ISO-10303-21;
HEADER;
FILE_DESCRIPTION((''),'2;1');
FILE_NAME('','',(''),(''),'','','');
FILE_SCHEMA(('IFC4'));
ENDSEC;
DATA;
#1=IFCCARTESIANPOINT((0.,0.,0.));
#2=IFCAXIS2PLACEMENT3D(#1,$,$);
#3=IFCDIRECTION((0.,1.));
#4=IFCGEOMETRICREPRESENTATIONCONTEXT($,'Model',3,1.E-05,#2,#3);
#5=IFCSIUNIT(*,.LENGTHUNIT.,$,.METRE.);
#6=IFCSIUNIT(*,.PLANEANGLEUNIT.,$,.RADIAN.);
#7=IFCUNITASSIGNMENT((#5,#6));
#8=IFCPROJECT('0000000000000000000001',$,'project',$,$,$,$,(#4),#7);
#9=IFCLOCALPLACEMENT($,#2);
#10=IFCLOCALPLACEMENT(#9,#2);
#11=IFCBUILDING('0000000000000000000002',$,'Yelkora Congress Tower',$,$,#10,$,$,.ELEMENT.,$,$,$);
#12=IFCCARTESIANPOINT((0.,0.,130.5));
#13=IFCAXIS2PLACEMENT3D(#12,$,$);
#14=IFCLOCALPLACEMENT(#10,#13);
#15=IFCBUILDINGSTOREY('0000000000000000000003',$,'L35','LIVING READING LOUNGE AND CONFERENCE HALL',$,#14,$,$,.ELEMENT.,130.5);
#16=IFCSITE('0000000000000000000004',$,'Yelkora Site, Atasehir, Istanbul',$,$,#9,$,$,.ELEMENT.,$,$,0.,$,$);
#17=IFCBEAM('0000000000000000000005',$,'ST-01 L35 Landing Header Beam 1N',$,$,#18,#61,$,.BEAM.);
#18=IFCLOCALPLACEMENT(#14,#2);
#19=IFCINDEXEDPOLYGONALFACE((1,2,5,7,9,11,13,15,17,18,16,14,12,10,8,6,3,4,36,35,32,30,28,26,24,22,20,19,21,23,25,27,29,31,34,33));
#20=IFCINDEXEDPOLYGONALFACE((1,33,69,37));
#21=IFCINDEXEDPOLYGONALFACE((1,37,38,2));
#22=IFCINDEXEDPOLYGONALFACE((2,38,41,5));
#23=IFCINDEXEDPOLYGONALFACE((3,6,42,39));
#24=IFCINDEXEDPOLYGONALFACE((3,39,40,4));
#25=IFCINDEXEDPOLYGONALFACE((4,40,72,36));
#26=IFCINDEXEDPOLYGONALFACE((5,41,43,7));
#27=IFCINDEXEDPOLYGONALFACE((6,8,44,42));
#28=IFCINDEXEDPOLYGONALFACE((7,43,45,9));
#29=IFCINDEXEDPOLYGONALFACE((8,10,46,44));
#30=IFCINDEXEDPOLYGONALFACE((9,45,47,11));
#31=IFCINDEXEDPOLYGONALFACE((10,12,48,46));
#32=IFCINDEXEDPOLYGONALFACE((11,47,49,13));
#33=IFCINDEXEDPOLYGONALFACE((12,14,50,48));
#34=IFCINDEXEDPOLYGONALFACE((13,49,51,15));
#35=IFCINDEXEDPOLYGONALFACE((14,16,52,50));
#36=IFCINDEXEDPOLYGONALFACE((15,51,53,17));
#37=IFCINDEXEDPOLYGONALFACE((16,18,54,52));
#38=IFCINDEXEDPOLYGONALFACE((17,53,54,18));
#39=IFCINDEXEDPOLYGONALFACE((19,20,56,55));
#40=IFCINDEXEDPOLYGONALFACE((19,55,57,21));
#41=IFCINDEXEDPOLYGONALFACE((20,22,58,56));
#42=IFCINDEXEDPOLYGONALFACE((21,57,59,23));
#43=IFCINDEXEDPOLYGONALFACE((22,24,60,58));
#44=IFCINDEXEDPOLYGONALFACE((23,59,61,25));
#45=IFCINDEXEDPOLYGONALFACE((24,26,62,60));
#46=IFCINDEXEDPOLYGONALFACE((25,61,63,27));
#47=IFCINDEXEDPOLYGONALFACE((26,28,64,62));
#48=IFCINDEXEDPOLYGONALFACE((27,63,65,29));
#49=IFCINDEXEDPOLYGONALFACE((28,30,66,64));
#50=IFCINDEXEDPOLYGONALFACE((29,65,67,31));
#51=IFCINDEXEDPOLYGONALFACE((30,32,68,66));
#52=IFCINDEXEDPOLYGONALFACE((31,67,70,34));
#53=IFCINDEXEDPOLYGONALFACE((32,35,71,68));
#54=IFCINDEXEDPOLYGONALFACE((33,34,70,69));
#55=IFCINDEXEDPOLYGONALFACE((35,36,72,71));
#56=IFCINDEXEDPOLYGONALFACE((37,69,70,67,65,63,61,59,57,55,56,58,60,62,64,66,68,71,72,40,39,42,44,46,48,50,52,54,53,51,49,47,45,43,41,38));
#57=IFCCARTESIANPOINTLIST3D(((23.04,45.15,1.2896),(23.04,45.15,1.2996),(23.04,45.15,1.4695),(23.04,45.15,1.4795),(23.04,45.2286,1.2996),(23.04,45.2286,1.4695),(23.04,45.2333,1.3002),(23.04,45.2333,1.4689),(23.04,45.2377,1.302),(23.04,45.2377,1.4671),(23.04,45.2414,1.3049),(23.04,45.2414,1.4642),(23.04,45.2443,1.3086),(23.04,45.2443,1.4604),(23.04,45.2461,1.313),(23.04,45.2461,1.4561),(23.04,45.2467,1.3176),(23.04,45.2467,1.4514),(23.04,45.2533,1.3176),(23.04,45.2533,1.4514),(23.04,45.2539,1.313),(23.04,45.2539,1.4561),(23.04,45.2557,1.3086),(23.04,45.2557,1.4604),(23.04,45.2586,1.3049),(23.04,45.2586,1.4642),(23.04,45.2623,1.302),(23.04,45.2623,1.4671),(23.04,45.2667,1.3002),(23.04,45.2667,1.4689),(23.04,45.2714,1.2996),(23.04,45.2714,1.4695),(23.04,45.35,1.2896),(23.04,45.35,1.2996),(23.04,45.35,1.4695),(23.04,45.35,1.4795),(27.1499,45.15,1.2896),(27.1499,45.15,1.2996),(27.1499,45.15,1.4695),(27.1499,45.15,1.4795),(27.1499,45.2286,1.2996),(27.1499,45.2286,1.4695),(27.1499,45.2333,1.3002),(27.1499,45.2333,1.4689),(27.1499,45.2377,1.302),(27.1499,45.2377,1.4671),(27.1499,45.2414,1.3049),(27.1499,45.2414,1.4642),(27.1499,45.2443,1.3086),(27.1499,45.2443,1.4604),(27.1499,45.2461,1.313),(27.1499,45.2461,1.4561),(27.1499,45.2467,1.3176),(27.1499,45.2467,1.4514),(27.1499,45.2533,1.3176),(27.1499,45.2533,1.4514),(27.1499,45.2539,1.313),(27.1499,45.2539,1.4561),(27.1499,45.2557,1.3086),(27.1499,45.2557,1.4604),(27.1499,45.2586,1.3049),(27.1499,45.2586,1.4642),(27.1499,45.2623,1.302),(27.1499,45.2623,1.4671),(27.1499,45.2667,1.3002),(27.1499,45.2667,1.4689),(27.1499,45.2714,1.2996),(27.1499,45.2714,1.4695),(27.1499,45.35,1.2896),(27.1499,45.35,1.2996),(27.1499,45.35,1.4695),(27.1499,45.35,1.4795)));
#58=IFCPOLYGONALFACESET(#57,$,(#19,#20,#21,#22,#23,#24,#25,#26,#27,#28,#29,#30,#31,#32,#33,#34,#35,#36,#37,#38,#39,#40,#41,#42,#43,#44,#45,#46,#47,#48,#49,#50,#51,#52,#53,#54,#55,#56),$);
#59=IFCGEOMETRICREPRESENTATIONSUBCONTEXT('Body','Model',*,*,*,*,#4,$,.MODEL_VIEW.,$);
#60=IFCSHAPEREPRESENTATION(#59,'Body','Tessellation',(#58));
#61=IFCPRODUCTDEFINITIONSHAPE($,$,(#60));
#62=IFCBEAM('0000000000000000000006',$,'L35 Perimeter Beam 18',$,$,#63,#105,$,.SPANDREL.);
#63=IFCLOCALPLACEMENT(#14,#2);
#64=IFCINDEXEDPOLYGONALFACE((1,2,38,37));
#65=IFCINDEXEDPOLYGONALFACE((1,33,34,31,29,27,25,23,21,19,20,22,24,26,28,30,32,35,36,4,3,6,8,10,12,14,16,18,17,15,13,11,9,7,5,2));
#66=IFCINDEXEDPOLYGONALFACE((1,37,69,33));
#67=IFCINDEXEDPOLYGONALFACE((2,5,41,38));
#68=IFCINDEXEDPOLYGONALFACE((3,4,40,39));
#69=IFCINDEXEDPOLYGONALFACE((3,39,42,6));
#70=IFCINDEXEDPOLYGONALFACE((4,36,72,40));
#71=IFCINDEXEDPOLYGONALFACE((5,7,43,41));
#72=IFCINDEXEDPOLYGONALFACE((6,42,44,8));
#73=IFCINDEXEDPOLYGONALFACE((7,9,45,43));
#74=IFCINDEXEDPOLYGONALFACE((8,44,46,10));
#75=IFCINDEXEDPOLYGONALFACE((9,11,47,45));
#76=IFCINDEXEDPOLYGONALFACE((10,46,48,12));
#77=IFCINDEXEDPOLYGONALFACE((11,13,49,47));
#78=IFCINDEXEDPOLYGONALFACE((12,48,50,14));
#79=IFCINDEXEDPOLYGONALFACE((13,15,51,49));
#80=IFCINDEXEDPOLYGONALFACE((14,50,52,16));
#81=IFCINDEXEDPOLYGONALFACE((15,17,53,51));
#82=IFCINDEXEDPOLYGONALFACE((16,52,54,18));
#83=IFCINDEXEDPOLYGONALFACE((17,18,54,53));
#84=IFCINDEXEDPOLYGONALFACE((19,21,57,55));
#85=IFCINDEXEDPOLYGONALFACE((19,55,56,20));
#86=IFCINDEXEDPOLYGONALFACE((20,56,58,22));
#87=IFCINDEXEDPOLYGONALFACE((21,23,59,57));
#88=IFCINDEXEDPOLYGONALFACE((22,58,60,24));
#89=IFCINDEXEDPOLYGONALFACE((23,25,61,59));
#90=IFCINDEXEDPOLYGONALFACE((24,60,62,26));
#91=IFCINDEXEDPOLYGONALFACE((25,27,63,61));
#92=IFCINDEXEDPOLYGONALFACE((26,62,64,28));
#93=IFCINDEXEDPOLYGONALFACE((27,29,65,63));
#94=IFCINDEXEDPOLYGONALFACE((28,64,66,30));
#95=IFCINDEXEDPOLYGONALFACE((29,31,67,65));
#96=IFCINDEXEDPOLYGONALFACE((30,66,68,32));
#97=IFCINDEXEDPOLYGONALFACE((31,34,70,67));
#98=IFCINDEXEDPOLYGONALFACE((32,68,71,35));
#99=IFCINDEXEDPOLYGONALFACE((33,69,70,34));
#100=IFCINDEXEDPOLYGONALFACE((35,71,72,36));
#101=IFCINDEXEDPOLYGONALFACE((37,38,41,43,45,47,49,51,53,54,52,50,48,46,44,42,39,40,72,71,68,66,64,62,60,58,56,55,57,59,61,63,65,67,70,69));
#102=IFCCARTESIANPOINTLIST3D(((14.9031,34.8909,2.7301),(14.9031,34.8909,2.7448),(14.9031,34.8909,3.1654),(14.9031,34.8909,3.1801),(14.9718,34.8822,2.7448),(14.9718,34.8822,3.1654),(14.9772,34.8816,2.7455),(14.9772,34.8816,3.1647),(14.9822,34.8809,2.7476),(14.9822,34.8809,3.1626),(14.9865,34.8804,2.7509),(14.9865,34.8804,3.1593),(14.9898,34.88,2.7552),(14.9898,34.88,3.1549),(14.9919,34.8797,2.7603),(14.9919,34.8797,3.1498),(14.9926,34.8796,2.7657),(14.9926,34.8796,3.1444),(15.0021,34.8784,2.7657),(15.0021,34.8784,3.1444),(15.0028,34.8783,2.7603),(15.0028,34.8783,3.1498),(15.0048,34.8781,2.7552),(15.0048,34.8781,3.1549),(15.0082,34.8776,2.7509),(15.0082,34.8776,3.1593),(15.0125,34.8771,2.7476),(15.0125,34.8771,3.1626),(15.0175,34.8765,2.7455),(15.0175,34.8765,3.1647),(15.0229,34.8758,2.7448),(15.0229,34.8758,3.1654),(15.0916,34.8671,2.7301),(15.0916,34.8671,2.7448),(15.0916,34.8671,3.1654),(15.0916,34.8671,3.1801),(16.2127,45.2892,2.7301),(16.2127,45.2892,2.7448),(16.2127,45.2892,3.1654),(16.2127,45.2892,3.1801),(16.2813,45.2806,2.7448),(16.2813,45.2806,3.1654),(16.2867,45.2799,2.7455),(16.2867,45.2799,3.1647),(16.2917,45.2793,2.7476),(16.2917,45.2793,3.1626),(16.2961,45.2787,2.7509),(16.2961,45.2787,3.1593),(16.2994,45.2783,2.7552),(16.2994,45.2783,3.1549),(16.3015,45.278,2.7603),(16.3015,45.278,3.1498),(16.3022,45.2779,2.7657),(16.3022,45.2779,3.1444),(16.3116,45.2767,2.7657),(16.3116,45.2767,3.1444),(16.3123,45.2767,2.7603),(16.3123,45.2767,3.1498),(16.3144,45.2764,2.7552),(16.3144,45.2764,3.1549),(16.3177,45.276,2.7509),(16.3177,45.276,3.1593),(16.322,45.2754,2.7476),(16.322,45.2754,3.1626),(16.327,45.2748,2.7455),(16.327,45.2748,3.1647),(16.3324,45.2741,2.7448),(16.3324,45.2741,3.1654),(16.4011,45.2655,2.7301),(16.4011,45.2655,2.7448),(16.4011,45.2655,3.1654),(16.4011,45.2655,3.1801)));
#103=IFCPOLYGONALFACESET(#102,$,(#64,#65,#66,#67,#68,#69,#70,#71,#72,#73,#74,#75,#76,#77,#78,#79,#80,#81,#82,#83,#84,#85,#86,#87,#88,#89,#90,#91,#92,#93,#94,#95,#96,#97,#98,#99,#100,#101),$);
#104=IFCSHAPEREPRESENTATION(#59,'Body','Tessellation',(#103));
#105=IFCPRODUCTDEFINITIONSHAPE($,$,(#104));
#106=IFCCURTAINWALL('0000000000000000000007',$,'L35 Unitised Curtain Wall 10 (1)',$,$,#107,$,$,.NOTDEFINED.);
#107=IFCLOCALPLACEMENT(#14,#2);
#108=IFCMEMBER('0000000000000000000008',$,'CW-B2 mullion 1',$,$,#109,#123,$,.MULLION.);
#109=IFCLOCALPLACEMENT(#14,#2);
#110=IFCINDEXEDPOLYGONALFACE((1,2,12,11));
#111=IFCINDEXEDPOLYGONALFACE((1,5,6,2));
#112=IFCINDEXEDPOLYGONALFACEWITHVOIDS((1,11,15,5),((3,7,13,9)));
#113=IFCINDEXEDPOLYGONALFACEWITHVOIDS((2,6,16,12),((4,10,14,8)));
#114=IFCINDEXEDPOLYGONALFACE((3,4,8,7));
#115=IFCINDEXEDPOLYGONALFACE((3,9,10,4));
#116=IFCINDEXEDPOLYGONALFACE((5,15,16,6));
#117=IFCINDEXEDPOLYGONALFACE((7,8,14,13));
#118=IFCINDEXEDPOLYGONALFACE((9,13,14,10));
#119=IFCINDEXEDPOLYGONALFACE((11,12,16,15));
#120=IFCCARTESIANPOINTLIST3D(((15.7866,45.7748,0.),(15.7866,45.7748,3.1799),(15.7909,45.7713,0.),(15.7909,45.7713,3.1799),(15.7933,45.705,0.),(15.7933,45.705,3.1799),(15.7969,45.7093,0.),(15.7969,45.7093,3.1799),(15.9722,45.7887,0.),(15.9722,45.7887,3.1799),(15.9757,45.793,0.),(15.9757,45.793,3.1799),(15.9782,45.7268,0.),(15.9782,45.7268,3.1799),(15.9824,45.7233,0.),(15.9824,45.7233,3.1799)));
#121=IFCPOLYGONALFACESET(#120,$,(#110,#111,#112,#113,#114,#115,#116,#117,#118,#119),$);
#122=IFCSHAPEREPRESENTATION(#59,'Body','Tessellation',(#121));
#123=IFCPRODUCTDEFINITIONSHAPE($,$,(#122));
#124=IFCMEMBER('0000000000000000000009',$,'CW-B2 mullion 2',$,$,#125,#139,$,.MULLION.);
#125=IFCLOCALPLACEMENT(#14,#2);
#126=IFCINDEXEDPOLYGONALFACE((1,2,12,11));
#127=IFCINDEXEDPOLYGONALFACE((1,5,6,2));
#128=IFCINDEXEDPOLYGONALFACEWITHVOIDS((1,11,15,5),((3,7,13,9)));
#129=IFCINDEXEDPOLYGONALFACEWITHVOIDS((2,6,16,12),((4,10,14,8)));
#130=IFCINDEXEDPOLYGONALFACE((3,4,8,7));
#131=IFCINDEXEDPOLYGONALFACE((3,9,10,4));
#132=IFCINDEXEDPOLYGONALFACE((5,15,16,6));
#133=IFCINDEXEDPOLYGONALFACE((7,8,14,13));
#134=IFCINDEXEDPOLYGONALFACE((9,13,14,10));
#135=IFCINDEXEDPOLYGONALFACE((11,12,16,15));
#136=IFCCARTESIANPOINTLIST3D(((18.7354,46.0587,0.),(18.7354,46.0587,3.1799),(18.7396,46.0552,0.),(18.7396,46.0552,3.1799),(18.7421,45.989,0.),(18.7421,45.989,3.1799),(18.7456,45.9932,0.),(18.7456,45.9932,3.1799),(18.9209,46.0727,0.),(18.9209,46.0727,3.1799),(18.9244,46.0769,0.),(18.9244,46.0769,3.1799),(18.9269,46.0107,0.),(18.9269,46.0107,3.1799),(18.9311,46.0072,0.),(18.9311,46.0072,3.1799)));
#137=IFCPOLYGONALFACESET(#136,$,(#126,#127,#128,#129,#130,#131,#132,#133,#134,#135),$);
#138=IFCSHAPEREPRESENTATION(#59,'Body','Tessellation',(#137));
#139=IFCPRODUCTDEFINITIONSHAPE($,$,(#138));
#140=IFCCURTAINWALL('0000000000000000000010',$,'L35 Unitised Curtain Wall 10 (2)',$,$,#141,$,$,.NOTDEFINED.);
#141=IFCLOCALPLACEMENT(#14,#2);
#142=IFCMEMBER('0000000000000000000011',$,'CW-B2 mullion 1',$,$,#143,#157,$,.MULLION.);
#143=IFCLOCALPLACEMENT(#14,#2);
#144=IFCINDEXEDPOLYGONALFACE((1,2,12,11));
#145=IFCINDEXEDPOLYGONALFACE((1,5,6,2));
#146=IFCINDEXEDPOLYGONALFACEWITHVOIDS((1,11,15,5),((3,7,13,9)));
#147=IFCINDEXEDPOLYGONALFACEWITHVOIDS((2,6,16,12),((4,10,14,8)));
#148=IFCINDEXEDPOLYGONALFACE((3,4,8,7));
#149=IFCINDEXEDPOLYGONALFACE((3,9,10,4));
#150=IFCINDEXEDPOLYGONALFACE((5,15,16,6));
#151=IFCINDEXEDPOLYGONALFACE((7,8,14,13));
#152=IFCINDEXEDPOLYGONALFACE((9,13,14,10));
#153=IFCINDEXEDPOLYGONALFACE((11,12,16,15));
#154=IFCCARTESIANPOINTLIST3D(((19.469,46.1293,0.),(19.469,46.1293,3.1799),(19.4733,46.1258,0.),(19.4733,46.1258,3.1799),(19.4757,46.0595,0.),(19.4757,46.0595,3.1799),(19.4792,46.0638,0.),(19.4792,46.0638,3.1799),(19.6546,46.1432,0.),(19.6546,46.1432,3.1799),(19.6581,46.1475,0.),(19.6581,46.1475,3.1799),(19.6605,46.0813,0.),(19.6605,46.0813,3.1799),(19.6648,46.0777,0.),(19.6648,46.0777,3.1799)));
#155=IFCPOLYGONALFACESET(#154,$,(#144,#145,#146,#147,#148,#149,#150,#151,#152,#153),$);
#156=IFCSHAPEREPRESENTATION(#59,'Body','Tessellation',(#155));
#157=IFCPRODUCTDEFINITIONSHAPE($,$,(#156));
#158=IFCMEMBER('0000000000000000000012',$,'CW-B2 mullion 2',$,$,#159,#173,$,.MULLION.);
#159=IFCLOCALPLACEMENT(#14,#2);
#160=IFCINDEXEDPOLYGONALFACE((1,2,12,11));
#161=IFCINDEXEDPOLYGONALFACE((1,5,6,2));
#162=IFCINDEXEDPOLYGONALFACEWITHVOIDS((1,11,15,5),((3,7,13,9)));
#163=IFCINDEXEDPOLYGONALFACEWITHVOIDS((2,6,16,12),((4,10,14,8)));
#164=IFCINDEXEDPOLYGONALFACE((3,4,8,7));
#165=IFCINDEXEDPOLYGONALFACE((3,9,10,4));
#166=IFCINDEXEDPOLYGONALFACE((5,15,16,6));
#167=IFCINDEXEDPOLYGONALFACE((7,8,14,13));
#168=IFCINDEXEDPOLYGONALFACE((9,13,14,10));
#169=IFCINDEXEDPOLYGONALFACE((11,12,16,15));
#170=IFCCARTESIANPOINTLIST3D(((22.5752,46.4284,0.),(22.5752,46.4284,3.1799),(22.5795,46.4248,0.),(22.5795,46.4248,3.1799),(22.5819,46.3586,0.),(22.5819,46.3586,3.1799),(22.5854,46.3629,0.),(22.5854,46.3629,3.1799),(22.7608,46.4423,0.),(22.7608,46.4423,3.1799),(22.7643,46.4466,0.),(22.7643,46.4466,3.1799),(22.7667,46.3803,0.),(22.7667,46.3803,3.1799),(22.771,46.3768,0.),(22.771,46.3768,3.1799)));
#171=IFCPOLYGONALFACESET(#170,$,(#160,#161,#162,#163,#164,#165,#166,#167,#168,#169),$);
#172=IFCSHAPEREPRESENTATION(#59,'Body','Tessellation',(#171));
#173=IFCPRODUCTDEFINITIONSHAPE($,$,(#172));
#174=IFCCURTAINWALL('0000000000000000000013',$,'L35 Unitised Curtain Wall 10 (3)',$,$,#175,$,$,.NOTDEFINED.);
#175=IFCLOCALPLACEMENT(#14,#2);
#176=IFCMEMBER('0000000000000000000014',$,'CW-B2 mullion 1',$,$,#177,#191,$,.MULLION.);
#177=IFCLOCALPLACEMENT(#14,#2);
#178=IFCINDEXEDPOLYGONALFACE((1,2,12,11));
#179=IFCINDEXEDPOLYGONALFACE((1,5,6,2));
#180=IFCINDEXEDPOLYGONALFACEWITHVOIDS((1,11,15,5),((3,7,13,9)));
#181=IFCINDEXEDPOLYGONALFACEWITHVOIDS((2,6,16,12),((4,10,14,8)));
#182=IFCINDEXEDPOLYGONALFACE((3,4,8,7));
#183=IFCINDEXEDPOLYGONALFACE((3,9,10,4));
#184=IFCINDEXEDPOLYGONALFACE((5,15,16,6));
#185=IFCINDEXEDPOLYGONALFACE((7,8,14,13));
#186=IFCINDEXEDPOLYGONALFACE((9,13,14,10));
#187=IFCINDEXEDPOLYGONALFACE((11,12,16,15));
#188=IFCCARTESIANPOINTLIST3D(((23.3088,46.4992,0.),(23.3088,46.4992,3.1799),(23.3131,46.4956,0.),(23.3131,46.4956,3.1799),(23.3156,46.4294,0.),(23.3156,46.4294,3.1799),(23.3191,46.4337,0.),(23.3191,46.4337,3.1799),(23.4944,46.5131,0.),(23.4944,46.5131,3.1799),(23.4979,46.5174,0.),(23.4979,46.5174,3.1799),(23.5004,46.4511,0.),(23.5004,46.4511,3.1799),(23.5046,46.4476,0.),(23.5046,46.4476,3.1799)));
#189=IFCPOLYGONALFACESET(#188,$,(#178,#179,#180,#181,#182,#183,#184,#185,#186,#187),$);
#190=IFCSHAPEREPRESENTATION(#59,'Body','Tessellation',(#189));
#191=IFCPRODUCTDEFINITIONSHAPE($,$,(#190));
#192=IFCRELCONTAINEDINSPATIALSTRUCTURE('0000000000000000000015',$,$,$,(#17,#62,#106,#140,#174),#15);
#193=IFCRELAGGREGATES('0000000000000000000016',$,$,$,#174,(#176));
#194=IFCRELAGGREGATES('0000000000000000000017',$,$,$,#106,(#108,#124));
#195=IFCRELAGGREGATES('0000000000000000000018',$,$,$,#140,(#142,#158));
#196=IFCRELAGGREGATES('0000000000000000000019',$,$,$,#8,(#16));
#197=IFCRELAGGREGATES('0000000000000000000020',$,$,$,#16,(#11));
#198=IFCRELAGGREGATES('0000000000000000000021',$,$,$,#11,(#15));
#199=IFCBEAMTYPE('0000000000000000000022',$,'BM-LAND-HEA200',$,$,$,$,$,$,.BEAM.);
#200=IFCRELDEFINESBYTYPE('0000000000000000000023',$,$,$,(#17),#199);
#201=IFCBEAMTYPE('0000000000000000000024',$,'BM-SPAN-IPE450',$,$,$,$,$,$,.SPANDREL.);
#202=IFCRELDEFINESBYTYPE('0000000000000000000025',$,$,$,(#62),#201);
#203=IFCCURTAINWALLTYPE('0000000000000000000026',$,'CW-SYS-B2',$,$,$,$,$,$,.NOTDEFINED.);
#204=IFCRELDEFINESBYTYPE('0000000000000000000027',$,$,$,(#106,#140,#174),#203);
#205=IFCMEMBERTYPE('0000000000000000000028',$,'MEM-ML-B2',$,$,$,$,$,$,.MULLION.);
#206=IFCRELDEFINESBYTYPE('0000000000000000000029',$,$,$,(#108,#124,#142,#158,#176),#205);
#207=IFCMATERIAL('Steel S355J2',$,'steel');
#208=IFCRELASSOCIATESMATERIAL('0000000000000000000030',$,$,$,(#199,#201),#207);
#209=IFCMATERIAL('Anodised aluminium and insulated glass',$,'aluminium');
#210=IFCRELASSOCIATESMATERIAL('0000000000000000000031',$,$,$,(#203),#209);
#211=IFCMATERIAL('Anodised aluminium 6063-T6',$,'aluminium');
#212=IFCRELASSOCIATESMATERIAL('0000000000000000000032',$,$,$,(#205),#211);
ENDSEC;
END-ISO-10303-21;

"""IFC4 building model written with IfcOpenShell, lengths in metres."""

from ifc_helpers import new_model, si_unit, direction, frame, origin, origin_2d, place, context, subcontext, project, spatial, hollow_rectangle, i_section, extrude, material, material_profile, profile_set, type_object, element, aggregate, save


model = new_model("IFC4")

# Units and contexts
model_context = context("Model", 3, precision=1e-05, world=origin(), true_north=direction((0.0, 1.0)))
body_context = subcontext(model_context, "Body", "Model", "MODEL_VIEW")
ifc_project = project(units=[si_unit("LENGTHUNIT", "METRE"), si_unit("PLANEANGLEUNIT", "RADIAN")], contexts=[model_context])

# Site, building, storey
site_placement = place(None, origin())
site = spatial("IfcSite", under=ifc_project, at=site_placement, Name="Yelkora Site, Atasehir, Istanbul", CompositionType="ELEMENT", RefElevation=0.0)
building_placement = place(site_placement, origin())
building = spatial("IfcBuilding", under=site, at=building_placement, Name="Yelkora Congress Tower", CompositionType="ELEMENT")
storey_placement = place(building_placement, frame((0.0, 0.0, 130.5)))
storey = spatial("IfcBuildingStorey", under=building, at=storey_placement, Name="L35", Description="LIVING READING LOUNGE AND CONFERENCE HALL", CompositionType="ELEMENT", Elevation=130.5)

# Beams
ifc_material_1 = material(Name="Steel S355J2", Category="steel")
ifc_material_profile_1 = material_profile(ifc_material_1, i_section(OverallWidth=0.2, OverallDepth=0.1899, WebThickness=0.0066, FlangeThickness=0.01, FilletRadius=0.0181, at=origin_2d()), Name="HEA 200")
ifc_profile_set_1 = profile_set([ifc_material_profile_1], Name="Steel S355J2")
beam_type_1 = type_object("IfcBeamType", Name="BM-LAND-HEA200", PredefinedType="BEAM", material=ifc_profile_set_1)
beam_1_placement = place(storey_placement, frame((23.04, 45.25, 1.3845), z_axis=(1.0, 0.0, 0.0), x_axis=(0.0, 1.0, 0.0)))
element("IfcBeam", 1, at=beam_1_placement, inside=storey, type_object=beam_type_1, Name="ST-01 L35 Landing Header Beam 1N", PredefinedType="BEAM", context=body_context, shape_type="SweptSolid", body=[
    extrude(i_section(OverallWidth=0.2, OverallDepth=0.1899, WebThickness=0.0066, FlangeThickness=0.01, FilletRadius=0.0181, at=origin_2d()), origin(), (0.0, 0.0, 1.0), 4.1099),
])
ifc_material_profile_2 = material_profile(ifc_material_1, i_section(OverallWidth=0.1899, OverallDepth=0.45, WebThickness=0.0095, FlangeThickness=0.0146, FilletRadius=0.021, at=origin_2d()), Name="IPE 450")
ifc_profile_set_2 = profile_set([ifc_material_profile_2], Name="Steel S355J2")
beam_type_2 = type_object("IfcBeamType", Name="BM-SPAN-IPE450", PredefinedType="SPANDREL", material=ifc_profile_set_2)
beam_2_placement = place(storey_placement, frame((16.3069, 45.2773, 2.9551), z_axis=(-0.124952, -0.992163, 0.0), x_axis=(0.992163, -0.124952, 0.0)))
element("IfcBeam", 2, at=beam_2_placement, inside=storey, type_object=beam_type_2, Name="L35 Perimeter Beam 18", PredefinedType="SPANDREL", context=body_context, shape_type="SweptSolid", body=[
    extrude(i_section(OverallWidth=0.1899, OverallDepth=0.45, WebThickness=0.0095, FlangeThickness=0.0146, FilletRadius=0.021, at=origin_2d()), origin(), (0.0, 0.0, 1.0), 10.4805),
])

# Curtain walls, members
ifc_material_2 = material(Name="Anodised aluminium and insulated glass", Category="aluminium")
curtain_wall_type = type_object("IfcCurtainWallType", Name="CW-SYS-B2", PredefinedType="NOTDEFINED", material=ifc_material_2)
curtain_wall_1_placement = place(storey_placement, origin())
curtain_wall_1 = element("IfcCurtainWall", 3, at=curtain_wall_1_placement, inside=storey, type_object=curtain_wall_type, Name="L35 Unitised Curtain Wall 10 (1)", PredefinedType="NOTDEFINED")
ifc_material_3 = material(Name="Anodised aluminium 6063-T6", Category="aluminium")
ifc_material_profile_3 = material_profile(ifc_material_3, hollow_rectangle(XDim=0.0701, YDim=0.1899, WallThickness=0.0039, at=origin_2d()), Name="ALU 70x190x4")
ifc_profile_set_3 = profile_set([ifc_material_profile_3], Name="Anodised aluminium 6063-T6")
member_type_1 = type_object("IfcMemberType", Name="MEM-ML-B2", PredefinedType="MULLION", material=ifc_profile_set_3)
member_1_placement = place(storey_placement, frame((15.8845, 45.749, 0.0), z_axis=(0.0, 0.0, 1.0), x_axis=(-0.095839, 0.995397, 0.0)))
member_1 = element("IfcMember", 4, at=member_1_placement, type_object=member_type_1, Name="CW-B2 mullion 1", PredefinedType="MULLION", context=body_context, shape_type="SweptSolid", body=[
    extrude(hollow_rectangle(XDim=0.0701, YDim=0.1899, WallThickness=0.0039, at=origin_2d()), origin(), (0.0, 0.0, 1.0), 3.1799),
])
member_2_placement = place(storey_placement, frame((18.8333, 46.033, 0.0), z_axis=(0.0, 0.0, 1.0), x_axis=(-0.095839, 0.995397, 0.0)))
member_2 = element("IfcMember", 5, at=member_2_placement, type_object=member_type_1, Name="CW-B2 mullion 2", PredefinedType="MULLION", context=body_context, shape_type="SweptSolid", body=[
    extrude(hollow_rectangle(XDim=0.0701, YDim=0.1899, WallThickness=0.0039, at=origin_2d()), origin(), (0.0, 0.0, 1.0), 3.1799),
])
curtain_wall_2_placement = place(storey_placement, origin())
curtain_wall_2 = element("IfcCurtainWall", 6, at=curtain_wall_2_placement, inside=storey, type_object=curtain_wall_type, Name="L35 Unitised Curtain Wall 10 (2)", PredefinedType="NOTDEFINED")
member_3_placement = place(storey_placement, frame((19.5669, 46.1035, 0.0), z_axis=(0.0, 0.0, 1.0), x_axis=(-0.095841, 0.995397, 0.0)))
member_3 = element("IfcMember", 7, at=member_3_placement, type_object=member_type_1, Name="CW-B2 mullion 1", PredefinedType="MULLION", context=body_context, shape_type="SweptSolid", body=[
    extrude(hollow_rectangle(XDim=0.0701, YDim=0.1899, WallThickness=0.0039, at=origin_2d()), origin(), (0.0, 0.0, 1.0), 3.1799),
])
member_4_placement = place(storey_placement, frame((22.6731, 46.4026, 0.0), z_axis=(0.0, 0.0, 1.0), x_axis=(-0.095841, 0.995397, 0.0)))
member_4 = element("IfcMember", 8, at=member_4_placement, type_object=member_type_1, Name="CW-B2 mullion 2", PredefinedType="MULLION", context=body_context, shape_type="SweptSolid", body=[
    extrude(hollow_rectangle(XDim=0.0701, YDim=0.1899, WallThickness=0.0039, at=origin_2d()), origin(), (0.0, 0.0, 1.0), 3.1799),
])

# Curtain wall, member
curtain_wall_3_placement = place(storey_placement, origin())
curtain_wall_3 = element("IfcCurtainWall", 9, at=curtain_wall_3_placement, inside=storey, type_object=curtain_wall_type, Name="L35 Unitised Curtain Wall 10 (3)", PredefinedType="NOTDEFINED")
member_5_placement = place(storey_placement, frame((23.4067, 46.4734, 0.0), z_axis=(0.0, 0.0, 1.0), x_axis=(-0.095844, 0.995396, 0.0)))
member_5 = element("IfcMember", 10, at=member_5_placement, type_object=member_type_1, Name="CW-B2 mullion 1", PredefinedType="MULLION", context=body_context, shape_type="SweptSolid", body=[
    extrude(hollow_rectangle(XDim=0.0701, YDim=0.1899, WallThickness=0.0039, at=origin_2d()), origin(), (0.0, 0.0, 1.0), 3.1799),
])

aggregate(curtain_wall_3, [member_5])

aggregate(curtain_wall_1, [member_1, member_2])
aggregate(curtain_wall_2, [member_3, member_4])

save(model, "model.ifc")
